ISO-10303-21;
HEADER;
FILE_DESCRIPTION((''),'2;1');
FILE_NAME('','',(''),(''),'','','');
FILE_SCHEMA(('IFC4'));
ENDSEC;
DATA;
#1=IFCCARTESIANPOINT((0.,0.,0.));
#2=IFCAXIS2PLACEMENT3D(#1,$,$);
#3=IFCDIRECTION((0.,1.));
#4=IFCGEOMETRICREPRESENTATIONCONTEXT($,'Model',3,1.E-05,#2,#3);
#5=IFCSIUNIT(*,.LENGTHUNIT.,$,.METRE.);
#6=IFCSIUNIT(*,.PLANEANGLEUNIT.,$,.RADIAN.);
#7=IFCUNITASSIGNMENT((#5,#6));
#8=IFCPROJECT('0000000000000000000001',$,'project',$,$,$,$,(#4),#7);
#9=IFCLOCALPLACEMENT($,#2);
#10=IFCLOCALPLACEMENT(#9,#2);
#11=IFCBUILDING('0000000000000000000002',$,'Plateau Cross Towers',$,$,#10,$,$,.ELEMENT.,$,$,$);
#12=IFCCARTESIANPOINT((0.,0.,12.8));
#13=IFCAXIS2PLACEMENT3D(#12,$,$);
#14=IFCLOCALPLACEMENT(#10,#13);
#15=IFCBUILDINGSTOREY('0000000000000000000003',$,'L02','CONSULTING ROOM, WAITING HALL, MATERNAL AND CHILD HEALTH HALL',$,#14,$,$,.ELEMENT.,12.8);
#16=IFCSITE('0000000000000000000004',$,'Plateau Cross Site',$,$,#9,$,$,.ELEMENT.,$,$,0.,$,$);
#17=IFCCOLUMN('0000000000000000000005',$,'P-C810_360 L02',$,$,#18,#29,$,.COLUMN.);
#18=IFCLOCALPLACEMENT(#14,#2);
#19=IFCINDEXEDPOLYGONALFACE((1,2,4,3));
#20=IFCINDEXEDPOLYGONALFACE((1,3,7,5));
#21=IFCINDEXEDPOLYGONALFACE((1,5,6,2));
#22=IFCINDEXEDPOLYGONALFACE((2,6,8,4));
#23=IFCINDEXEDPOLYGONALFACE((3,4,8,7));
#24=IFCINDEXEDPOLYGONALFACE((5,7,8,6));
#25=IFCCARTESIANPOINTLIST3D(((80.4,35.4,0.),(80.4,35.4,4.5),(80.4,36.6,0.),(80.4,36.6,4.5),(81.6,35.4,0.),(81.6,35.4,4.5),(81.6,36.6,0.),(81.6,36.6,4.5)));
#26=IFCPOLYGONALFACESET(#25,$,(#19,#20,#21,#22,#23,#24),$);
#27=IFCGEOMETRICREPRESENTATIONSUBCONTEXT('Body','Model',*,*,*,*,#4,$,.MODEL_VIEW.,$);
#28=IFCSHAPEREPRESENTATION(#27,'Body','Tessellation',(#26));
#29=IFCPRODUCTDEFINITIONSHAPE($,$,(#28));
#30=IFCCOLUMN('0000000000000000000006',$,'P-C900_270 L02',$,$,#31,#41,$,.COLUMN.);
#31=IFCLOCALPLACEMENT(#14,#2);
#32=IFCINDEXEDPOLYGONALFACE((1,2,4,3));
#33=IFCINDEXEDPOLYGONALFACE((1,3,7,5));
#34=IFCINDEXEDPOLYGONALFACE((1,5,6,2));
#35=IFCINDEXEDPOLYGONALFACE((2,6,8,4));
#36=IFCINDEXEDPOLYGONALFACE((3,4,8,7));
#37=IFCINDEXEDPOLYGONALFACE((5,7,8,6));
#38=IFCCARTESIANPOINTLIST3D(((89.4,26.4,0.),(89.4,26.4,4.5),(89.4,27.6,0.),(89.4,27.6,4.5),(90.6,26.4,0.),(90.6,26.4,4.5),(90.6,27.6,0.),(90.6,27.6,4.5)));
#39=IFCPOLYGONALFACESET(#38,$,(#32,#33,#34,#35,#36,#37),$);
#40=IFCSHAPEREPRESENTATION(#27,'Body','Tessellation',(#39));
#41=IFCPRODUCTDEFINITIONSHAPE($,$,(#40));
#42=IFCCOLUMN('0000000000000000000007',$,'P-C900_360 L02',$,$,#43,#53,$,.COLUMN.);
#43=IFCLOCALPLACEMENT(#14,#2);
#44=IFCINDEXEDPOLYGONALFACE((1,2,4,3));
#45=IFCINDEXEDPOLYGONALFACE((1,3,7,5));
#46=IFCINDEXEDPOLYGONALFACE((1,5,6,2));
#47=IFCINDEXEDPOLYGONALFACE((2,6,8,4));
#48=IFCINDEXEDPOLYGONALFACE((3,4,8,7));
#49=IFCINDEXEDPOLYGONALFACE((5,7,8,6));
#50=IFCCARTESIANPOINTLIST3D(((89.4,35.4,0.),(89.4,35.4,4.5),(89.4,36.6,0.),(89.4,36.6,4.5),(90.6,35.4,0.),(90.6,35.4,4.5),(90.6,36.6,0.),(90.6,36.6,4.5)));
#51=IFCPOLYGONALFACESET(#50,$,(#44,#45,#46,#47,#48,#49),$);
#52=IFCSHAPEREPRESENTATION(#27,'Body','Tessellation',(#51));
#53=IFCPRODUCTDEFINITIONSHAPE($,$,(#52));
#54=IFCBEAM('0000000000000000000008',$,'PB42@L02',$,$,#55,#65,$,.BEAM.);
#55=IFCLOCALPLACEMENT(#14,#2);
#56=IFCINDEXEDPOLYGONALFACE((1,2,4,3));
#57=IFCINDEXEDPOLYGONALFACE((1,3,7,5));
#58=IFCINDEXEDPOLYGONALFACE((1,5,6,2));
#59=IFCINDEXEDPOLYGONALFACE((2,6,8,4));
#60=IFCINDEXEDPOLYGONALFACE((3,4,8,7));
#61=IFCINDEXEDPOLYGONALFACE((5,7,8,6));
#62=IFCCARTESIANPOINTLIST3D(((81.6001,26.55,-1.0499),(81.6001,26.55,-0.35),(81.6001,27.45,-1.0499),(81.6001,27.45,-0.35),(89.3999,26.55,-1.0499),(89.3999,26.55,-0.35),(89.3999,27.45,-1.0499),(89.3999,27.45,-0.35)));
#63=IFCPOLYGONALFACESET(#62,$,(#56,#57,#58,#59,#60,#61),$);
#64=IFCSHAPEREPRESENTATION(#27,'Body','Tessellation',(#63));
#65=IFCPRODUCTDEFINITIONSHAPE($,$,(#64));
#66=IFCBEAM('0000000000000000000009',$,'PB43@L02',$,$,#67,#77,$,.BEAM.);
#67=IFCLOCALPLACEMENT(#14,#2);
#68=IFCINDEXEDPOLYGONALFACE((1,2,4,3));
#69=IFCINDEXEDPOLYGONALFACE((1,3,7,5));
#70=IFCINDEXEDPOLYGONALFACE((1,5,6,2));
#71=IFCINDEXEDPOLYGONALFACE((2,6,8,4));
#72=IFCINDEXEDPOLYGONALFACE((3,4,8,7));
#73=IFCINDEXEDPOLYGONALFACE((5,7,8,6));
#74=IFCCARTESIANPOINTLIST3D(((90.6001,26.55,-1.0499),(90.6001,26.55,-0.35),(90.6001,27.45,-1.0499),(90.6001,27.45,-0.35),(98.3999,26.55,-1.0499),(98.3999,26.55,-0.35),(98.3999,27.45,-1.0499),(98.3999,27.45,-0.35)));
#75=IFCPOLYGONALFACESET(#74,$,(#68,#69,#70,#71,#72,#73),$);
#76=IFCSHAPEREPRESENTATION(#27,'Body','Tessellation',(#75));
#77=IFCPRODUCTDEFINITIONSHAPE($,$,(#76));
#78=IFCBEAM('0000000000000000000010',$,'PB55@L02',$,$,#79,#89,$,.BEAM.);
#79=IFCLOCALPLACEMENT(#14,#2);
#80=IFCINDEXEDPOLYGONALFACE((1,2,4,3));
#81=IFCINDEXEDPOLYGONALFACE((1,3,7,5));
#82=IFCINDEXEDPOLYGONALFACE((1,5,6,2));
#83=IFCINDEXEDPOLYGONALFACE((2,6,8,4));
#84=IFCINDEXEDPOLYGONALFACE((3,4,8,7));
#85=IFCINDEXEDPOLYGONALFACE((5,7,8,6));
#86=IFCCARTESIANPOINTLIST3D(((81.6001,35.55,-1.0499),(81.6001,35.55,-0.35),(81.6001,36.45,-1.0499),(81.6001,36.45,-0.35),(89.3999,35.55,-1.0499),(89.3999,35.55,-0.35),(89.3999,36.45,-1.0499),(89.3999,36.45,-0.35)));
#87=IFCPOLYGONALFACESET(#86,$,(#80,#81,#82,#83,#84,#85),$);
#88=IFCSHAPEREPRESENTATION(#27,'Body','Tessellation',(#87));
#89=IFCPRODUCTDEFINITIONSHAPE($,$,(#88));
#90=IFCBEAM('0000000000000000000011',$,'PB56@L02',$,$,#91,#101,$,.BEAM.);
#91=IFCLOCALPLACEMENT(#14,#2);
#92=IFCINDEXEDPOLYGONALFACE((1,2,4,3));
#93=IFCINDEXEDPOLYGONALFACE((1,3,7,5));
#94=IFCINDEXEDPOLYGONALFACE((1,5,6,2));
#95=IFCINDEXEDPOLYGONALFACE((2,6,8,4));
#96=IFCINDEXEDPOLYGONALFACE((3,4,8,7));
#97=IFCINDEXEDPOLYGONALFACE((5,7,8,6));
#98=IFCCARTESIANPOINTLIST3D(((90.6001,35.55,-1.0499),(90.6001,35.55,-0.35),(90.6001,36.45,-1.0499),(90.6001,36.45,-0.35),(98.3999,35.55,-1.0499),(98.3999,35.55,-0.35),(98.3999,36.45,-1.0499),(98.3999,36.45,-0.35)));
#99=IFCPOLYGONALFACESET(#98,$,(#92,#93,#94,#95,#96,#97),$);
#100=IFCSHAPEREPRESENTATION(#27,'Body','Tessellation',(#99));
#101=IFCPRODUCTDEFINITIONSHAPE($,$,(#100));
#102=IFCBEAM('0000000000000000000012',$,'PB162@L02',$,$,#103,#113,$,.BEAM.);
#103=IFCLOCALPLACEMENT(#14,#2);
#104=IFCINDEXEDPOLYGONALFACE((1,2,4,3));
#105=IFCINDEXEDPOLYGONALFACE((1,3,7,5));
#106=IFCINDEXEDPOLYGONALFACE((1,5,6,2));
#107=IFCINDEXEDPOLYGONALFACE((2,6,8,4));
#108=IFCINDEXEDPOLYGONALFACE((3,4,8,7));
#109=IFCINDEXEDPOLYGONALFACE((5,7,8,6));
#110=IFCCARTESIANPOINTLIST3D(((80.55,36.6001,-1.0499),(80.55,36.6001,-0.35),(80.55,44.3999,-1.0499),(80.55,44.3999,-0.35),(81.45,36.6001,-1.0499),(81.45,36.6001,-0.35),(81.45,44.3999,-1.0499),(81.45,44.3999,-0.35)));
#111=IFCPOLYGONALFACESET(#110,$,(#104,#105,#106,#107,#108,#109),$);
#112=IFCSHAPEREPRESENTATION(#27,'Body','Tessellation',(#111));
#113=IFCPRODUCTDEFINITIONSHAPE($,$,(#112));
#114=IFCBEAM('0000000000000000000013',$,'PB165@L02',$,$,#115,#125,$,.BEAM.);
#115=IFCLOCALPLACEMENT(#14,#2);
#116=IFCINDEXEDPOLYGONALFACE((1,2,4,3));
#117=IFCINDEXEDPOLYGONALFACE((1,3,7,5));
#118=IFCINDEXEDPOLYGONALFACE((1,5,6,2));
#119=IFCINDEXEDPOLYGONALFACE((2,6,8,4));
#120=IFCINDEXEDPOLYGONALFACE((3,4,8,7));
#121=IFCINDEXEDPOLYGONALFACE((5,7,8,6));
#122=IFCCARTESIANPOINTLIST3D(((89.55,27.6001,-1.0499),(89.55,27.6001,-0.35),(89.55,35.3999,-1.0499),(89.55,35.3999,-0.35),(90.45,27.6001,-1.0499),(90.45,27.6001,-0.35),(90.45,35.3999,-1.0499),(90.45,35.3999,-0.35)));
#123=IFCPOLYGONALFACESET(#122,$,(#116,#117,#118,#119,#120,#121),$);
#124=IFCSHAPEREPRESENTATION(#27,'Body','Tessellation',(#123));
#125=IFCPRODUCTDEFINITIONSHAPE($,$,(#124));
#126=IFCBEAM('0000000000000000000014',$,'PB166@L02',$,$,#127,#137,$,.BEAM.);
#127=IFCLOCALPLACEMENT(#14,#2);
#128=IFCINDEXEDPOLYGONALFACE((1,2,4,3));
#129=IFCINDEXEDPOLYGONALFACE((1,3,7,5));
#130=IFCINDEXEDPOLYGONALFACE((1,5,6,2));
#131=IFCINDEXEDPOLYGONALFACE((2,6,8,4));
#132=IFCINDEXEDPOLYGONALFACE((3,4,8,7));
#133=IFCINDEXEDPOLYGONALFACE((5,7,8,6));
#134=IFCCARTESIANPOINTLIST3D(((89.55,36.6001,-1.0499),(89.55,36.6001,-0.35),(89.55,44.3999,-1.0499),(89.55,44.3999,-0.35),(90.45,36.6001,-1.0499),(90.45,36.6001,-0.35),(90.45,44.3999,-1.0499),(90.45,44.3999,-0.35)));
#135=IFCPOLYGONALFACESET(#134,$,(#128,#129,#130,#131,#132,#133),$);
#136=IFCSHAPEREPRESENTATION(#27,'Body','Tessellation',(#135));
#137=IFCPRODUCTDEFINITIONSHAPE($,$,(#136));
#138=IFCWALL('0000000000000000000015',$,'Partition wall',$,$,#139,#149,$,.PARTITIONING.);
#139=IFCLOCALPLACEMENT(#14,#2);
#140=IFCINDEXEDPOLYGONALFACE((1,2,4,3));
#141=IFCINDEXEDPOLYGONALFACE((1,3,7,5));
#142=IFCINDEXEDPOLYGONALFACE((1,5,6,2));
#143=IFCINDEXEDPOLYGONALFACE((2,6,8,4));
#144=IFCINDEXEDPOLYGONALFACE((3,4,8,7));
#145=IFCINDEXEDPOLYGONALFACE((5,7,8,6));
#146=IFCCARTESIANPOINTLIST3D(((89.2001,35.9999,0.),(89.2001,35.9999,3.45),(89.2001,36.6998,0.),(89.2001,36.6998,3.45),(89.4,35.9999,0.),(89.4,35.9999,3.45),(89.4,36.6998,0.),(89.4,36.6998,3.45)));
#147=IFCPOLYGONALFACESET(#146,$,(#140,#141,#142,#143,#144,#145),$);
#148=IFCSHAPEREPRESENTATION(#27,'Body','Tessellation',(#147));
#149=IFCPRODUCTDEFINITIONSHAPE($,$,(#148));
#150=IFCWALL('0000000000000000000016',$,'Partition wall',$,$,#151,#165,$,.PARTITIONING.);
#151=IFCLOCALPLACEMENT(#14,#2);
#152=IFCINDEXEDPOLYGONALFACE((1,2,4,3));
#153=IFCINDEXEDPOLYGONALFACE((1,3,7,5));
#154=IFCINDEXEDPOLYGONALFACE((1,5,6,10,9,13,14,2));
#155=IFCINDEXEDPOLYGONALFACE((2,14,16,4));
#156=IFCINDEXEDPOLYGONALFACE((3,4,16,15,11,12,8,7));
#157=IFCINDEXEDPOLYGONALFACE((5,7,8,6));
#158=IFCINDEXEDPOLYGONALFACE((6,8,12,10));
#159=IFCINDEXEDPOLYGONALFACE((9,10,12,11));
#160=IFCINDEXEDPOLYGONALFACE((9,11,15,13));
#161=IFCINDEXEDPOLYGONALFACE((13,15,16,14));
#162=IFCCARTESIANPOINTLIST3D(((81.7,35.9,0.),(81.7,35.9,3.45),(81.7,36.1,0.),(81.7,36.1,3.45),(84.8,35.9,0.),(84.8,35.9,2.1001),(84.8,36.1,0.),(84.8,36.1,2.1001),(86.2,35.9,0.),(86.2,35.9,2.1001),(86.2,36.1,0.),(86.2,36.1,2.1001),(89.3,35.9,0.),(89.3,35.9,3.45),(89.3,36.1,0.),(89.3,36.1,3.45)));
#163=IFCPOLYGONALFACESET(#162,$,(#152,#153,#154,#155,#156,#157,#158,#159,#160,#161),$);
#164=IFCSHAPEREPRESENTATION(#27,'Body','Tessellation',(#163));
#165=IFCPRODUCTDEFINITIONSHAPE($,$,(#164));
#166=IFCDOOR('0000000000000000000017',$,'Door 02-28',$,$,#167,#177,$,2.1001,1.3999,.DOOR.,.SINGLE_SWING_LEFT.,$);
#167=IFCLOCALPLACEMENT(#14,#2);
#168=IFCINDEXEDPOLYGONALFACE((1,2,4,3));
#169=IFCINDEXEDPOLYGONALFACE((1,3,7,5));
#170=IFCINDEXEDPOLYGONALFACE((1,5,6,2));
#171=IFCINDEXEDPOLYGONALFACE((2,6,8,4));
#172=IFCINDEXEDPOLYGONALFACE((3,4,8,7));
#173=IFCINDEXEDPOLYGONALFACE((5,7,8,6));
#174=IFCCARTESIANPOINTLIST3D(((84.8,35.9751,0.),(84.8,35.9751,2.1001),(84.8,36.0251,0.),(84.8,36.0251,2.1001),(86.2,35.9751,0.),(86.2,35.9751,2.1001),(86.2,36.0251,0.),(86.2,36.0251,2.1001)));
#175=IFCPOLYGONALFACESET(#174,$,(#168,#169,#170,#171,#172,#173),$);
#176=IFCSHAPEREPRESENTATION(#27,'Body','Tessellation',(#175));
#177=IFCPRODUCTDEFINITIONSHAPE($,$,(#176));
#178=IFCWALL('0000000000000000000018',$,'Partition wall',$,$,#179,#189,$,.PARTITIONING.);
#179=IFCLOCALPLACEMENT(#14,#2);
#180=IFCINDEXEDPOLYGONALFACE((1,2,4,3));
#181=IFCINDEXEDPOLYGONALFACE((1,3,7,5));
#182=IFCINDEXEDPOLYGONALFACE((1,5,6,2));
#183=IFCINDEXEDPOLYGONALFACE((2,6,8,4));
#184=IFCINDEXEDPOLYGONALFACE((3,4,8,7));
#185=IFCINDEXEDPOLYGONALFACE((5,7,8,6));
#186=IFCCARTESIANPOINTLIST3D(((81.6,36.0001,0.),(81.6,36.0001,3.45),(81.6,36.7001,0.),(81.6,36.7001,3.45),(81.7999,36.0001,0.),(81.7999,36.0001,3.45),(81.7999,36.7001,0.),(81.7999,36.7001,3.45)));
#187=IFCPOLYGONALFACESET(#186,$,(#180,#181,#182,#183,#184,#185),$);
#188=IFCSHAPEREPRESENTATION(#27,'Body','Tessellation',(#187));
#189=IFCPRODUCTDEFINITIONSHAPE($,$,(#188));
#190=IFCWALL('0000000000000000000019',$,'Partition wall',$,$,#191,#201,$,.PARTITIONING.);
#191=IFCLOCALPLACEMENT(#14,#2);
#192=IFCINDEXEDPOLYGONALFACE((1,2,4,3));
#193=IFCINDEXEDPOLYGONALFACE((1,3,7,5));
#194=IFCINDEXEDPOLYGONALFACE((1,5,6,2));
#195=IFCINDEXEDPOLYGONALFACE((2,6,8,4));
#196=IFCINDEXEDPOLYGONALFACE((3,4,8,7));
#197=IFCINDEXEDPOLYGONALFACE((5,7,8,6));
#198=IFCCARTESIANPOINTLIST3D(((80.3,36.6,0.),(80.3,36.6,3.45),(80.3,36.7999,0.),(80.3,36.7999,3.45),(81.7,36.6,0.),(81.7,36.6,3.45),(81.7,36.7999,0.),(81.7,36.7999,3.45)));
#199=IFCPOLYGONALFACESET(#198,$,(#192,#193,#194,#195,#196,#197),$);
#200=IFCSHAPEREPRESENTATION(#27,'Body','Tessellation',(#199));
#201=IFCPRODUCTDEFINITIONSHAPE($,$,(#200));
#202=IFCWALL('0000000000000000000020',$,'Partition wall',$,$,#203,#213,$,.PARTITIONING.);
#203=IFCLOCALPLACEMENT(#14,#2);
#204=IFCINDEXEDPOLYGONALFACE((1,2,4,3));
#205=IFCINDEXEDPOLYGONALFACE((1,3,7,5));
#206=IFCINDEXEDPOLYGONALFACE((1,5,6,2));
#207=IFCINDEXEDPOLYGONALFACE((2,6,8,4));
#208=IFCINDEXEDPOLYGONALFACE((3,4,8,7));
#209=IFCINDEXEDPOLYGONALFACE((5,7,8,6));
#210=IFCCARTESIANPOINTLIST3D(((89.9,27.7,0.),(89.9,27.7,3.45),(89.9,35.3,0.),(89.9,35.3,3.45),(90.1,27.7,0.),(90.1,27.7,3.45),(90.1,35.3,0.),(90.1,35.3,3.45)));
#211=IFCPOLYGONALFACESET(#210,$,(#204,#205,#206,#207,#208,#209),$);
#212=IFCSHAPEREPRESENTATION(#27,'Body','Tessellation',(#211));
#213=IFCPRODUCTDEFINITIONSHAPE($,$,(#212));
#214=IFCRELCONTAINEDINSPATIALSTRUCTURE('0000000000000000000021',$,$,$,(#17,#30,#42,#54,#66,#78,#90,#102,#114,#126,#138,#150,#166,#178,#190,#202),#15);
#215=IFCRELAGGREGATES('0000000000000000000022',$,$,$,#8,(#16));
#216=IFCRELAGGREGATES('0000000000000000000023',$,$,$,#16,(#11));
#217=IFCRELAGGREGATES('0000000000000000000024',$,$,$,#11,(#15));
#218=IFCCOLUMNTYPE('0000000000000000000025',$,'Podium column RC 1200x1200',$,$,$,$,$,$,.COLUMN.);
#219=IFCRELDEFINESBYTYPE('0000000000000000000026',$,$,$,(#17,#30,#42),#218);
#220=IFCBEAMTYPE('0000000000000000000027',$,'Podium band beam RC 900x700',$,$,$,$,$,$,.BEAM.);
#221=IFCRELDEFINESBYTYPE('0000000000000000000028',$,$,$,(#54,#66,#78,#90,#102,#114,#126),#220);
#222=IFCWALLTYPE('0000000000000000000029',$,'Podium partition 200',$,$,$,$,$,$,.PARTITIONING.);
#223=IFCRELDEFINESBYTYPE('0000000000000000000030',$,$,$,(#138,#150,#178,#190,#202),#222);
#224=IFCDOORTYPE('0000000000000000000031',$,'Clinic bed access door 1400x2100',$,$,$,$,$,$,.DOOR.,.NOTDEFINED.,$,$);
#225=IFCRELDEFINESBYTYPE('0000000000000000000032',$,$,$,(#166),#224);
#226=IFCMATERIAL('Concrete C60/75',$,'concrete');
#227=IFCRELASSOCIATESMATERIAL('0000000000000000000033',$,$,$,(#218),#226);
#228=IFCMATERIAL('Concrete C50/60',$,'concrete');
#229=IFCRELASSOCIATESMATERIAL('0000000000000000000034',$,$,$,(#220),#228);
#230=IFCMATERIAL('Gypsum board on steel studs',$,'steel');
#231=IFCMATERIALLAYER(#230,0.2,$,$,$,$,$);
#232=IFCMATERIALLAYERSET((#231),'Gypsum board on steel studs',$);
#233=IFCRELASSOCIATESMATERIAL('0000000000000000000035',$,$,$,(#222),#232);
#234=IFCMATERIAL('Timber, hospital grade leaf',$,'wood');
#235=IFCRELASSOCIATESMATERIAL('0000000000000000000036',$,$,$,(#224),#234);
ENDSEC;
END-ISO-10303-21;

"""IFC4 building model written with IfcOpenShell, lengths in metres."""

from ifc_helpers import new_model, si_unit, direction, frame, frame_2d, origin, origin_2d, place, context, subcontext, project, spatial, rectangle, extrude, material, layer, layer_set, material_profile, profile_set, type_object, element, fill, save


model = new_model("IFC4")

# Units and contexts
model_context = context("Model", 3, precision=1e-05, world=origin(), true_north=direction((0.0, 1.0)))
body_context = subcontext(model_context, "Body", "Model", "MODEL_VIEW")
ifc_project = project(units=[si_unit("LENGTHUNIT", "METRE"), si_unit("PLANEANGLEUNIT", "RADIAN")], contexts=[model_context])

# Site, building, storey
site_placement = place(None, origin())
site = spatial("IfcSite", under=ifc_project, at=site_placement, Name="Plateau Cross Site", CompositionType="ELEMENT", RefElevation=0.0)
building_placement = place(site_placement, origin())
building = spatial("IfcBuilding", under=site, at=building_placement, Name="Plateau Cross Towers", CompositionType="ELEMENT")
storey_placement = place(building_placement, frame((0.0, 0.0, 12.8)))
storey = spatial("IfcBuildingStorey", under=building, at=storey_placement, Name="L02", Description="CONSULTING ROOM, WAITING HALL, MATERNAL AND CHILD HEALTH HALL", CompositionType="ELEMENT", Elevation=12.8)

# Columns
ifc_material_1 = material(Name="Concrete C60/75", Category="concrete")
ifc_material_profile_1 = material_profile(ifc_material_1, rectangle(XDim=1.2, YDim=1.2, at=origin_2d()), Name="RC 1200x1200")
ifc_profile_set_1 = profile_set([ifc_material_profile_1], Name="Concrete C60/75")
column_type = type_object("IfcColumnType", Name="Podium column RC 1200x1200", PredefinedType="COLUMN", material=ifc_profile_set_1)
for number, where, z_axis, x_axis, name in (
    (1, (81.0, 36.0, 0.0), (0.0, 0.0, 1.0), (1.0, 0.0, 0.0), "P-C810_360 L02"),
    (2, (90.0, 27.0, 0.0), (0.0, 0.0, 1.0), (1.0, 0.0, 0.0), "P-C900_270 L02"),
    (3, (90.0, 36.0, 0.0), (0.0, 0.0, 1.0), (1.0, 0.0, 0.0), "P-C900_360 L02"),
):
    element("IfcColumn", number, at=place(storey_placement, frame(where, z_axis=z_axis, x_axis=x_axis)), inside=storey, type_object=column_type, Name=name, PredefinedType="COLUMN", context=body_context, shape_type="SweptSolid", body=[
        extrude(rectangle(XDim=1.2, YDim=1.2, at=origin_2d()), origin(), (0.0, 0.0, 1.0), 4.5),
    ])

# Beams
ifc_material_2 = material(Name="Concrete C50/60", Category="concrete")
ifc_material_profile_2 = material_profile(ifc_material_2, rectangle(XDim=0.8999, YDim=0.7, at=origin_2d()), Name="RC 900x700")
ifc_profile_set_2 = profile_set([ifc_material_profile_2], Name="Concrete C50/60")
beam_type = type_object("IfcBeamType", Name="Podium band beam RC 900x700", PredefinedType="BEAM", material=ifc_profile_set_2)
for number, where, z_axis, x_axis, name in (
    (4, (81.6001, 27.0, -0.7), (1.0, 0.0, 0.0), (0.0, 1.0, 0.0), "PB42@L02"),
    (5, (90.6001, 27.0, -0.7), (1.0, 0.0, 0.0), (0.0, 1.0, 0.0), "PB43@L02"),
    (6, (81.6001, 36.0, -0.7), (1.0, 0.0, 0.0), (0.0, 1.0, 0.0), "PB55@L02"),
    (7, (90.6001, 36.0, -0.7), (1.0, 0.0, 0.0), (0.0, 1.0, 0.0), "PB56@L02"),
    (8, (81.0, 36.6001, -0.7), (0.0, 1.0, 0.0), (-1.0, 0.0, 0.0), "PB162@L02"),
    (9, (90.0, 27.6001, -0.7), (0.0, 1.0, 0.0), (-1.0, 0.0, 0.0), "PB165@L02"),
    (10, (90.0, 36.6001, -0.7), (0.0, 1.0, 0.0), (-1.0, 0.0, 0.0), "PB166@L02"),
):
    element("IfcBeam", number, at=place(storey_placement, frame(where, z_axis=z_axis, x_axis=x_axis)), inside=storey, type_object=beam_type, Name=name, PredefinedType="BEAM", context=body_context, shape_type="SweptSolid", body=[
        extrude(rectangle(XDim=0.8999, YDim=0.7, at=origin_2d()), origin(), (0.0, 0.0, 1.0), 7.7998),
    ])

# Wall
ifc_material_3 = material(Name="Gypsum board on steel studs", Category="steel")
ifc_layer_1 = layer(ifc_material_3, 0.2)
ifc_layer_set_1 = layer_set([ifc_layer_1], Name="Gypsum board on steel studs")
wall_type_1 = type_object("IfcWallType", Name="Podium partition 200", PredefinedType="PARTITIONING", material=ifc_layer_set_1)
wall_1_placement = place(storey_placement, frame((89.3, 36.7, 0.0), z_axis=(0.0, 0.0, 1.0), x_axis=(0.0, -1.0, 0.0)))
element("IfcWall", 11, at=wall_1_placement, inside=storey, type_object=wall_type_1, Name="Partition wall", PredefinedType="PARTITIONING", context=body_context, shape_type="SweptSolid", body=[
    extrude(rectangle(XDim=0.7, YDim=0.2, at=frame_2d((0.3501, 0.0))), origin(), (0.0, 0.0, 1.0), 3.45),
])

# Wall, opening, door
wall_2_placement = place(storey_placement, frame((89.3, 36.0, 0.0), z_axis=(0.0, 0.0, 1.0), x_axis=(-1.0, 0.0, 0.0)))
wall_2 = element("IfcWall", 12, at=wall_2_placement, inside=storey, type_object=wall_type_1, Name="Partition wall", PredefinedType="PARTITIONING", context=body_context, shape_type="SweptSolid", body=[
    extrude(rectangle(XDim=7.6001, YDim=0.2, at=frame_2d((3.8, 0.0))), origin(), (0.0, 0.0, 1.0), 3.45),
])
opening_1_placement = place(wall_2_placement, frame((3.1001, 0.0, 0.0)))
opening_1 = element("IfcOpeningElement", 13, at=opening_1_placement, cuts=wall_2, PredefinedType="OPENING", context=body_context, shape_type="SweptSolid", body=[
    extrude(rectangle(XDim=1.3999, YDim=2.1001, at=frame_2d((0.7, 1.05))), frame((0.0, 0.1099, 0.0), z_axis=(0.0, -1.0, 0.0), x_axis=(1.0, 0.0, 0.0)), (0.0, 0.0, 1.0), 0.22),
])
ifc_material_4 = material(Name="Timber, hospital grade leaf", Category="wood")
door_type_1 = type_object("IfcDoorType", Name="Clinic bed access door 1400x2100", OperationType="NOTDEFINED", PredefinedType="DOOR", material=ifc_material_4)
door_1_placement = place(opening_1_placement, origin())
door_1 = element("IfcDoor", 14, at=door_1_placement, inside=storey, type_object=door_type_1, Name="Door 02-28", OperationType="SINGLE_SWING_LEFT", OverallHeight=2.1001, OverallWidth=1.3999, PredefinedType="DOOR", context=body_context, shape_type="SweptSolid", body=[
    extrude(rectangle(XDim=1.3999, YDim=2.1001, at=frame_2d((0.7, 1.05))), frame((0.0, 0.0249, 0.0), z_axis=(0.0, -1.0, 0.0), x_axis=(1.0, 0.0, 0.0)), (0.0, 0.0, 1.0), 0.05),
])
fill(opening_1, door_1)

# Walls
wall_3_placement = place(storey_placement, frame((81.7, 36.0, 0.0), z_axis=(0.0, 0.0, 1.0), x_axis=(0.0, 1.0, 0.0)))
element("IfcWall", 15, at=wall_3_placement, inside=storey, type_object=wall_type_1, Name="Partition wall", PredefinedType="PARTITIONING", context=body_context, shape_type="SweptSolid", body=[
    extrude(rectangle(XDim=0.7, YDim=0.2, at=frame_2d((0.3501, 0.0))), origin(), (0.0, 0.0, 1.0), 3.45),
])
wall_4_placement = place(storey_placement, frame((81.7, 36.7, 0.0), z_axis=(0.0, 0.0, 1.0), x_axis=(-1.0, 0.0, 0.0)))
element("IfcWall", 16, at=wall_4_placement, inside=storey, type_object=wall_type_1, Name="Partition wall", PredefinedType="PARTITIONING", context=body_context, shape_type="SweptSolid", body=[
    extrude(rectangle(XDim=1.3999, YDim=0.2, at=frame_2d((0.7, 0.0))), origin(), (0.0, 0.0, 1.0), 3.45),
])
wall_5_placement = place(storey_placement, frame((90.0, 35.3, 0.0), z_axis=(0.0, 0.0, 1.0), x_axis=(0.0, -1.0, 0.0)))
element("IfcWall", 17, at=wall_5_placement, inside=storey, type_object=wall_type_1, Name="Partition wall", PredefinedType="PARTITIONING", context=body_context, shape_type="SweptSolid", body=[
    extrude(rectangle(XDim=7.6001, YDim=0.2, at=frame_2d((3.8, 0.0))), origin(), (0.0, 0.0, 1.0), 3.45),
])

save(model, "model.ifc")
